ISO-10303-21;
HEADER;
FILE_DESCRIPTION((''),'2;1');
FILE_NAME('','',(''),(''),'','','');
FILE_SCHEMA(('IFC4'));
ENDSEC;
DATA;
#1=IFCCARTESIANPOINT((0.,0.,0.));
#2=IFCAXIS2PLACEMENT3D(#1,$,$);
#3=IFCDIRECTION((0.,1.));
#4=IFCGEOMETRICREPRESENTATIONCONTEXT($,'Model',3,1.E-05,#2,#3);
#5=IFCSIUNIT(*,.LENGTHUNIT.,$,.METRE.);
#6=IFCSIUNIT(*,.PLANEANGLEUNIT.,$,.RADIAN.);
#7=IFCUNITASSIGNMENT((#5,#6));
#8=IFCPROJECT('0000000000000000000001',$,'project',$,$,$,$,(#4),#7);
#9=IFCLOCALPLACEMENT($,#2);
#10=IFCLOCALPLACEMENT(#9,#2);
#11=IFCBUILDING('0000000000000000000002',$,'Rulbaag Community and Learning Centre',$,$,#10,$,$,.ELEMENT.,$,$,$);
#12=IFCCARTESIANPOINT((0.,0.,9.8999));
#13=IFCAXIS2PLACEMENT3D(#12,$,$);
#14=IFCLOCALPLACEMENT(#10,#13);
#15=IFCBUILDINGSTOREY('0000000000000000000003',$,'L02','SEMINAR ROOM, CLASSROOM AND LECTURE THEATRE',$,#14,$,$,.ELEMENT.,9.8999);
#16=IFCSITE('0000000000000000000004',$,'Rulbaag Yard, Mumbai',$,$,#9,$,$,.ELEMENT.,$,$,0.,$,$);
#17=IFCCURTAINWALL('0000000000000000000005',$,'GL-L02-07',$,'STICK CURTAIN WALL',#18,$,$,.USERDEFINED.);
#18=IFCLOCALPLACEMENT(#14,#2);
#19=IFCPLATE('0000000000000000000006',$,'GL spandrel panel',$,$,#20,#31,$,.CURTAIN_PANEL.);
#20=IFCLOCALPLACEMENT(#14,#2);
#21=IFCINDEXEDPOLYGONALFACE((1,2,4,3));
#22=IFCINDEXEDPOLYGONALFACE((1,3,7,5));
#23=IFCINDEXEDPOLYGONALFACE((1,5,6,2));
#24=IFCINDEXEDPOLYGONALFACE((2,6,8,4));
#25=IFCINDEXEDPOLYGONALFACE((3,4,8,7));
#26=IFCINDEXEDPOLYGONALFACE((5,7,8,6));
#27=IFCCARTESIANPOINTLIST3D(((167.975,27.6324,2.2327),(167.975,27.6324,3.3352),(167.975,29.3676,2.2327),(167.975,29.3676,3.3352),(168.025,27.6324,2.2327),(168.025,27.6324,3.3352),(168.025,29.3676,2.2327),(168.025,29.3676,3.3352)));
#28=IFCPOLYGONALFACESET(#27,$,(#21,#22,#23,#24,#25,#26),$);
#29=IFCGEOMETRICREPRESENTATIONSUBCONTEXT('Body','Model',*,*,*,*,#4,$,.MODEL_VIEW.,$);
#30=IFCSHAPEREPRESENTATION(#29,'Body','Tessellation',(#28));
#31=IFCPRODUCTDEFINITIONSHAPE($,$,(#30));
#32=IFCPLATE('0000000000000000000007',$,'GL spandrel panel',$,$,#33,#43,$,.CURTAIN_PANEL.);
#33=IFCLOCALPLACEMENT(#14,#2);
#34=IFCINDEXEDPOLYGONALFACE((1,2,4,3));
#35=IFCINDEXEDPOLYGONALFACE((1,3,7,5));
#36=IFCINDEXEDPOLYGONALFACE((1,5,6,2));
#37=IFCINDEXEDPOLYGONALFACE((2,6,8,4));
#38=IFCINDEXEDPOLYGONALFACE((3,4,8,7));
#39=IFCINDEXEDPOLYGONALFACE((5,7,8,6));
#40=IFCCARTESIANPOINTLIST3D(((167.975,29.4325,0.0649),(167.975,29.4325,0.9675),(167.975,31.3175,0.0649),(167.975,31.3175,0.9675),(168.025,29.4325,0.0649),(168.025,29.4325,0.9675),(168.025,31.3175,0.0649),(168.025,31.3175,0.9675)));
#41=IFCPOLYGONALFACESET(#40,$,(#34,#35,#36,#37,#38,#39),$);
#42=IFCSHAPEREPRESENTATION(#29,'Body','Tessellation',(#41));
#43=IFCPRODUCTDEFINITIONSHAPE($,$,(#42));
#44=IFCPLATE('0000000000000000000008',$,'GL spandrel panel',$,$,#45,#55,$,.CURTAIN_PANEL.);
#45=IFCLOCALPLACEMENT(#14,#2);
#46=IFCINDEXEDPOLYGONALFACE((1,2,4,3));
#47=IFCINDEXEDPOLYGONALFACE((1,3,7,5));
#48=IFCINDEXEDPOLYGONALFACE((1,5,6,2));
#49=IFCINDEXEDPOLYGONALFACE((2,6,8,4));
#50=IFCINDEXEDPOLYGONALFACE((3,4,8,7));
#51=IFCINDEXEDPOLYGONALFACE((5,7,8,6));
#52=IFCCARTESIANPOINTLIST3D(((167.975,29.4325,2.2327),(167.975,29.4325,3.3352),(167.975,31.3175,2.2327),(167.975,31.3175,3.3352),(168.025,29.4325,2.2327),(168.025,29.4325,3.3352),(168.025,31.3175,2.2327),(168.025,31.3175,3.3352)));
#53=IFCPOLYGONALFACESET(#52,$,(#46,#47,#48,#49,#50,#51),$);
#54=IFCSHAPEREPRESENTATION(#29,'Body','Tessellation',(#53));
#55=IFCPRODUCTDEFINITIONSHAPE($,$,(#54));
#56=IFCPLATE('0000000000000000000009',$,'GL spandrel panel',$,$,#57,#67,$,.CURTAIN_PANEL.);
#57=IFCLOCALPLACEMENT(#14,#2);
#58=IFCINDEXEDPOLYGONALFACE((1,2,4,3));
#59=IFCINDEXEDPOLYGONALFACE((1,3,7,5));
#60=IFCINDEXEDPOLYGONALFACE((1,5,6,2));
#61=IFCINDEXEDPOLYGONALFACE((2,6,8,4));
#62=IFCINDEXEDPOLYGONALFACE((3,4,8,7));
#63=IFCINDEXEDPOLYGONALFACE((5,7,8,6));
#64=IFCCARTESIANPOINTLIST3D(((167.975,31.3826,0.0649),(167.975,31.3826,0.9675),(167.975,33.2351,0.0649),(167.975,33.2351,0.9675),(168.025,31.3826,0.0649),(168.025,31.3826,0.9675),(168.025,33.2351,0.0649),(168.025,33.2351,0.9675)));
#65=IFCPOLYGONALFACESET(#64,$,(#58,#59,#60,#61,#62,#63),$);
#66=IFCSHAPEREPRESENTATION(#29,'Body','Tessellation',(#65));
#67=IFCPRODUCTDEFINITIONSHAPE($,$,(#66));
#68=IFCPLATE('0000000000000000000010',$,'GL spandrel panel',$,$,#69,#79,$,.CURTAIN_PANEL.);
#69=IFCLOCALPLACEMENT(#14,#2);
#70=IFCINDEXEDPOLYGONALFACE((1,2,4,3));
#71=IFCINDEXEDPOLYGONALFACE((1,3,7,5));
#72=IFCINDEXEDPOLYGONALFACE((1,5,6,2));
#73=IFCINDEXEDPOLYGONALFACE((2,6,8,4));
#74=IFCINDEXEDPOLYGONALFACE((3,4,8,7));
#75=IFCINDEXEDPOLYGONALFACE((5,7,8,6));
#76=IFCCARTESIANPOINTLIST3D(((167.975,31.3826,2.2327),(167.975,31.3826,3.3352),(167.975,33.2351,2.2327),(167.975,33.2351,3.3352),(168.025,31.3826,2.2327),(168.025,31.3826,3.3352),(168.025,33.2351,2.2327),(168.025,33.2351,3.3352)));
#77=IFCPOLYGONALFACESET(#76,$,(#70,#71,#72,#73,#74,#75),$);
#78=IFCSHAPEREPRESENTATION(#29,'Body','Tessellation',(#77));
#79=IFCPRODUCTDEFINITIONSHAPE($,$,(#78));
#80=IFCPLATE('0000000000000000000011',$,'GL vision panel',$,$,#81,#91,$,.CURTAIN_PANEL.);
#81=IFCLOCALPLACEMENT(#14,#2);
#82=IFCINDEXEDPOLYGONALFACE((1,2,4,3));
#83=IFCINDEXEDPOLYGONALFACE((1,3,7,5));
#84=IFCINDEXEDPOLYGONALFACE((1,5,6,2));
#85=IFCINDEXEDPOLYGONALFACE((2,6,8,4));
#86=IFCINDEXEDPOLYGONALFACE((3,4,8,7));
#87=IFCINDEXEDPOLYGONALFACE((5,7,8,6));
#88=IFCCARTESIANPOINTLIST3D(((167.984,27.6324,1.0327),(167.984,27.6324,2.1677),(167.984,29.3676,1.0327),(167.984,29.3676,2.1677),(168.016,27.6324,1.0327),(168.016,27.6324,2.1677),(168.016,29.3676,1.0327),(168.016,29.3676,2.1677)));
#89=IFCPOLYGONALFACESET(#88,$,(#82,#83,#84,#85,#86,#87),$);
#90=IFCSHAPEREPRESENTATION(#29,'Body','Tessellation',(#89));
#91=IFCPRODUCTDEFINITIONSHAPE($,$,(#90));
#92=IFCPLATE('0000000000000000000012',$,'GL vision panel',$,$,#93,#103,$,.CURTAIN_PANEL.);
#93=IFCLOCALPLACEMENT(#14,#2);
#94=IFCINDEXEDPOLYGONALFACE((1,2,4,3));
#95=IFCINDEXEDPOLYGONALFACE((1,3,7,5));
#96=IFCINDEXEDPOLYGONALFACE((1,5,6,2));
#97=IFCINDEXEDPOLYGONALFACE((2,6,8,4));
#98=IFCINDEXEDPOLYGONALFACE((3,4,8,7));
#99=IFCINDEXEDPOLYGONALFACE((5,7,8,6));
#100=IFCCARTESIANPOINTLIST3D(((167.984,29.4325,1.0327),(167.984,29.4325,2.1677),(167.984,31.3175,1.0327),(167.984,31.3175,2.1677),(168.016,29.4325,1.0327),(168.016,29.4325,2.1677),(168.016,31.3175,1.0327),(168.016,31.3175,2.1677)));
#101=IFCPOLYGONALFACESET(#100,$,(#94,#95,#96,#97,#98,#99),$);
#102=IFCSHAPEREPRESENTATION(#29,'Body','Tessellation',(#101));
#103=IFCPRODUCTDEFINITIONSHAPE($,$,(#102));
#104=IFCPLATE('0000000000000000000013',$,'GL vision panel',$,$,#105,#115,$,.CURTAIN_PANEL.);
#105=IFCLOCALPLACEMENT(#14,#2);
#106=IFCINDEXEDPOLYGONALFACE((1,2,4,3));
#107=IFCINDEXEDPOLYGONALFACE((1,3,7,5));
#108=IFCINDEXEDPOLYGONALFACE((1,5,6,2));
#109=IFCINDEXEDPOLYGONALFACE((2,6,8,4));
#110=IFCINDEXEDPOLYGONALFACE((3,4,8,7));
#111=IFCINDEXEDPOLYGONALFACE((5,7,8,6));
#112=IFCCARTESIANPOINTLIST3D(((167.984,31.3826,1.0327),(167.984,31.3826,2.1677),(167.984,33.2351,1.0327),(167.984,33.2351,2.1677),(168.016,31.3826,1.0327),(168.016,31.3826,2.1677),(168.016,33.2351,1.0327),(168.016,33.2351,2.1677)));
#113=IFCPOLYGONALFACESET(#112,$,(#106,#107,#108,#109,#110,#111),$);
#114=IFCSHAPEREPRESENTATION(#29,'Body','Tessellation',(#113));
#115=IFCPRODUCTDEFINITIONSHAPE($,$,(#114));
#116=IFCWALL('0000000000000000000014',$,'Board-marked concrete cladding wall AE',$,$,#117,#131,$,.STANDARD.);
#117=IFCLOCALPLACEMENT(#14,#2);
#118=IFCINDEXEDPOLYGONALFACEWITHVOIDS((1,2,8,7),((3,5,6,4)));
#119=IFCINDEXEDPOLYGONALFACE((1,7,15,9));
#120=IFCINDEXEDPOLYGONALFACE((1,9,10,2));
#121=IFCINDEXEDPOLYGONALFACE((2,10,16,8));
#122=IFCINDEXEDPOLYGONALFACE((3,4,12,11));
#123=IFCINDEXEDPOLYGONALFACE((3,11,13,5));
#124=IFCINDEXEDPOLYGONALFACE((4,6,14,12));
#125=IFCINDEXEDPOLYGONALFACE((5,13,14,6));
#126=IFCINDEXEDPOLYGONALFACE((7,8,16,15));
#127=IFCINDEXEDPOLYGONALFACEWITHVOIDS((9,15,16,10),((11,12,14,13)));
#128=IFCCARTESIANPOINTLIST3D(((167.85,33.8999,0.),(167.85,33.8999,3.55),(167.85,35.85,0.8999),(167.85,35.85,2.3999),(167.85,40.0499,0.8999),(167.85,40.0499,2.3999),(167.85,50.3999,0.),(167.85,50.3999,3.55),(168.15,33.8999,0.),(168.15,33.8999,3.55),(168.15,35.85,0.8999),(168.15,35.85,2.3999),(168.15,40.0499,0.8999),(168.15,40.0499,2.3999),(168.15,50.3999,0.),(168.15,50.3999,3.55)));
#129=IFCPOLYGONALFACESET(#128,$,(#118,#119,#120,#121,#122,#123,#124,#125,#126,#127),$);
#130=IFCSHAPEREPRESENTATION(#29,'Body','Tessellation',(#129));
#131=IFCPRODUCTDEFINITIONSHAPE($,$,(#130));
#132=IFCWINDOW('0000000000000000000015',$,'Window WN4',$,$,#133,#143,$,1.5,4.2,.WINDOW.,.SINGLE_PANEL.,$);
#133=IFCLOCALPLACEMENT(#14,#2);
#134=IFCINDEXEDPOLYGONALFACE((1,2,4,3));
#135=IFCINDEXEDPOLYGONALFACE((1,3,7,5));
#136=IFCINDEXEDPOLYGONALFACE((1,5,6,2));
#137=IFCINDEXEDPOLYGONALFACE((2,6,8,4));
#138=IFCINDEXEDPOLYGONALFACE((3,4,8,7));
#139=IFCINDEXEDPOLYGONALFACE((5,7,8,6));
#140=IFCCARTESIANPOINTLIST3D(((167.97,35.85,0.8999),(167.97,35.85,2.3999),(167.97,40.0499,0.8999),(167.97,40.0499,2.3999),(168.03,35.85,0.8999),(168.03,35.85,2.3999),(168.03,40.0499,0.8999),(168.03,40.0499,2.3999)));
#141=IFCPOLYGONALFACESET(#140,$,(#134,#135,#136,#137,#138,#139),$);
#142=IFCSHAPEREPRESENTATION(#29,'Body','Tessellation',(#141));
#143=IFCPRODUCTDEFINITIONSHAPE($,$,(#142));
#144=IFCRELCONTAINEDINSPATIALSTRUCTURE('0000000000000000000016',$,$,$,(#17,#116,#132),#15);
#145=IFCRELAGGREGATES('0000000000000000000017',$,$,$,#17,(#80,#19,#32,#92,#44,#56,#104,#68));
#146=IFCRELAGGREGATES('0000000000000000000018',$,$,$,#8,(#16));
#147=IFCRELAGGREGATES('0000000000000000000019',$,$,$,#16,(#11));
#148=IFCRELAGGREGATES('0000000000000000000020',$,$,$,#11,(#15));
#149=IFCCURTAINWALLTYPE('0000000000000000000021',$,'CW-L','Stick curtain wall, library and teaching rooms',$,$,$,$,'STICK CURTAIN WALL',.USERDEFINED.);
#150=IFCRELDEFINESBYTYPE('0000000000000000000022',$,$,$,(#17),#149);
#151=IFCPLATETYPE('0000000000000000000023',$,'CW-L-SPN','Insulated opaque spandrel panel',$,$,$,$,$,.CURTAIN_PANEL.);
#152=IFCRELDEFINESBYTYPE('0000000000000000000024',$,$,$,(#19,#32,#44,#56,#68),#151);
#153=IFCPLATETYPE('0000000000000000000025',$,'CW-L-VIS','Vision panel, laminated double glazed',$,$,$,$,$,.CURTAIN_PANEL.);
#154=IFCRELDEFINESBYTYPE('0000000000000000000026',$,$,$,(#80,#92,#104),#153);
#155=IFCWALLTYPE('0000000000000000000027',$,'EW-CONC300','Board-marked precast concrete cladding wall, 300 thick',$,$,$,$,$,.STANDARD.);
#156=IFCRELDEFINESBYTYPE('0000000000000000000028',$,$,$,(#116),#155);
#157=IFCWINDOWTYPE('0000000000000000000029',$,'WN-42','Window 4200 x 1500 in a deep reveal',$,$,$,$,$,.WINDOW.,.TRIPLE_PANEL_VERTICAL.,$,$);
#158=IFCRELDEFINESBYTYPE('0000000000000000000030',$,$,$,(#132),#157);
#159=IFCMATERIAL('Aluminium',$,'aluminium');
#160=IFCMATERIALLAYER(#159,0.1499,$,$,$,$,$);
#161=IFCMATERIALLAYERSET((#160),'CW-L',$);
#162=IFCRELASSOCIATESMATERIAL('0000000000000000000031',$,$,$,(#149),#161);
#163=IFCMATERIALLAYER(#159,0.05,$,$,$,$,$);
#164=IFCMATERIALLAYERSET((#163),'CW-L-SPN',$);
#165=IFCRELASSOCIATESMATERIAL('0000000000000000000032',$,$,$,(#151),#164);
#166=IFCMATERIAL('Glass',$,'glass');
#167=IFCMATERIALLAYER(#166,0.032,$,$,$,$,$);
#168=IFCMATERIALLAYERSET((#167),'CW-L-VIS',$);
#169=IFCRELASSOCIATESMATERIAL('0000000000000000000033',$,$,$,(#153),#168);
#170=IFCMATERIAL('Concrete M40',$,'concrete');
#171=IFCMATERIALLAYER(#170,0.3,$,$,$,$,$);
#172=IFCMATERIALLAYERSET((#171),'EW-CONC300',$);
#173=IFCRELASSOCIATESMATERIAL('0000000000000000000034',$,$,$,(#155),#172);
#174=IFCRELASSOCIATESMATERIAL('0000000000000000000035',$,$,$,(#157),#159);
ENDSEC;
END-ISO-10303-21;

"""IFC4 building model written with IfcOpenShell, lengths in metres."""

from ifc_helpers import new_model, si_unit, direction, frame, frame_2d, origin, origin_2d, place, context, subcontext, project, spatial, rectangle, extrude, material, layer, layer_set, type_object, element, fill, aggregate, save


model = new_model("IFC4")

# Units and contexts
model_context = context("Model", 3, precision=1e-05, world=origin(), true_north=direction((0.0, 1.0)))
body_context = subcontext(model_context, "Body", "Model", "MODEL_VIEW")
ifc_project = project(units=[si_unit("LENGTHUNIT", "METRE"), si_unit("PLANEANGLEUNIT", "RADIAN")], contexts=[model_context])

# Site, building, storey
site_placement = place(None, origin())
site = spatial("IfcSite", under=ifc_project, at=site_placement, Name="Rulbaag Yard, Mumbai", CompositionType="ELEMENT", RefElevation=0.0)
building_placement = place(site_placement, origin())
building = spatial("IfcBuilding", under=site, at=building_placement, Name="Rulbaag Community and Learning Centre", CompositionType="ELEMENT")
storey_placement = place(building_placement, frame((0.0, 0.0, 9.8999)))
storey = spatial("IfcBuildingStorey", under=building, at=storey_placement, Name="L02", Description="SEMINAR ROOM, CLASSROOM AND LECTURE THEATRE", CompositionType="ELEMENT", Elevation=9.8999)

# Shared definitions
ifc_material_1 = material(Name="Concrete M40", Category="concrete")

# Curtain wall, plates
ifc_material_2 = material(Name="Aluminium", Category="aluminium")
ifc_layer_1 = layer(ifc_material_2, 0.1499)
ifc_layer_set_1 = layer_set([ifc_layer_1], Name="CW-L")
curtain_wall_type = type_object("IfcCurtainWallType", Name="CW-L", Description="Stick curtain wall, library and teaching rooms", ElementType="STICK CURTAIN WALL", PredefinedType="USERDEFINED", material=ifc_layer_set_1)
curtain_wall_placement = place(storey_placement, origin())
curtain_wall = element("IfcCurtainWall", 1, at=curtain_wall_placement, inside=storey, type_object=curtain_wall_type, Name="GL-L02-07", ObjectType="STICK CURTAIN WALL", PredefinedType="USERDEFINED")
ifc_layer_2 = layer(ifc_material_2, 0.05)
ifc_layer_set_2 = layer_set([ifc_layer_2], Name="CW-L-SPN")
plate_type_1 = type_object("IfcPlateType", Name="CW-L-SPN", Description="Insulated opaque spandrel panel", PredefinedType="CURTAIN_PANEL", material=ifc_layer_set_2)
plate_1_placement = place(storey_placement, frame((168.0, 28.5, 2.2327), z_axis=(0.0, 0.0, 1.0), x_axis=(0.0, 1.0, 0.0)))
plate_1 = element("IfcPlate", 2, at=plate_1_placement, type_object=plate_type_1, Name="GL spandrel panel", PredefinedType="CURTAIN_PANEL", context=body_context, shape_type="SweptSolid", body=[
    extrude(rectangle(XDim=1.7351, YDim=0.05, at=origin_2d()), origin(), (0.0, 0.0, 1.0), 1.1025),
])
plate_2_placement = place(storey_placement, frame((168.0, 30.375, 0.0649), z_axis=(0.0, 0.0, 1.0), x_axis=(0.0, 1.0, 0.0)))
plate_2 = element("IfcPlate", 3, at=plate_2_placement, type_object=plate_type_1, Name="GL spandrel panel", PredefinedType="CURTAIN_PANEL", context=body_context, shape_type="SweptSolid", body=[
    extrude(rectangle(XDim=1.885, YDim=0.05, at=origin_2d()), origin(), (0.0, 0.0, 1.0), 0.9026),
])
plate_3_placement = place(storey_placement, frame((168.0, 30.375, 2.2327), z_axis=(0.0, 0.0, 1.0), x_axis=(0.0, 1.0, 0.0)))
plate_3 = element("IfcPlate", 4, at=plate_3_placement, type_object=plate_type_1, Name="GL spandrel panel", PredefinedType="CURTAIN_PANEL", context=body_context, shape_type="SweptSolid", body=[
    extrude(rectangle(XDim=1.885, YDim=0.05, at=origin_2d()), origin(), (0.0, 0.0, 1.0), 1.1025),
])
plate_4_placement = place(storey_placement, frame((168.0, 32.3088, 0.0649), z_axis=(0.0, 0.0, 1.0), x_axis=(0.0, 1.0, 0.0)))
plate_4 = element("IfcPlate", 5, at=plate_4_placement, type_object=plate_type_1, Name="GL spandrel panel", PredefinedType="CURTAIN_PANEL", context=body_context, shape_type="SweptSolid", body=[
    extrude(rectangle(XDim=1.8525, YDim=0.05, at=origin_2d()), origin(), (0.0, 0.0, 1.0), 0.9026),
])
plate_5_placement = place(storey_placement, frame((168.0, 32.3088, 2.2327), z_axis=(0.0, 0.0, 1.0), x_axis=(0.0, 1.0, 0.0)))
plate_5 = element("IfcPlate", 6, at=plate_5_placement, type_object=plate_type_1, Name="GL spandrel panel", PredefinedType="CURTAIN_PANEL", context=body_context, shape_type="SweptSolid", body=[
    extrude(rectangle(XDim=1.8525, YDim=0.05, at=origin_2d()), origin(), (0.0, 0.0, 1.0), 1.1025),
])
ifc_material_3 = material(Name="Glass", Category="glass")
ifc_layer_3 = layer(ifc_material_3, 0.032)
ifc_layer_set_3 = layer_set([ifc_layer_3], Name="CW-L-VIS")
plate_type_2 = type_object("IfcPlateType", Name="CW-L-VIS", Description="Vision panel, laminated double glazed", PredefinedType="CURTAIN_PANEL", material=ifc_layer_set_3)
plate_6_placement = place(storey_placement, frame((168.0, 28.5, 1.0327), z_axis=(0.0, 0.0, 1.0), x_axis=(0.0, 1.0, 0.0)))
plate_6 = element("IfcPlate", 7, at=plate_6_placement, type_object=plate_type_2, Name="GL vision panel", PredefinedType="CURTAIN_PANEL", context=body_context, shape_type="SweptSolid", body=[
    extrude(rectangle(XDim=1.7351, YDim=0.032, at=origin_2d()), origin(), (0.0, 0.0, 1.0), 1.135),
])
plate_7_placement = place(storey_placement, frame((168.0, 30.375, 1.0327), z_axis=(0.0, 0.0, 1.0), x_axis=(0.0, 1.0, 0.0)))
plate_7 = element("IfcPlate", 8, at=plate_7_placement, type_object=plate_type_2, Name="GL vision panel", PredefinedType="CURTAIN_PANEL", context=body_context, shape_type="SweptSolid", body=[
    extrude(rectangle(XDim=1.885, YDim=0.032, at=origin_2d()), origin(), (0.0, 0.0, 1.0), 1.135),
])
plate_8_placement = place(storey_placement, frame((168.0, 32.3088, 1.0327), z_axis=(0.0, 0.0, 1.0), x_axis=(0.0, 1.0, 0.0)))
plate_8 = element("IfcPlate", 9, at=plate_8_placement, type_object=plate_type_2, Name="GL vision panel", PredefinedType="CURTAIN_PANEL", context=body_context, shape_type="SweptSolid", body=[
    extrude(rectangle(XDim=1.8525, YDim=0.032, at=origin_2d()), origin(), (0.0, 0.0, 1.0), 1.135),
])
aggregate(curtain_wall, [plate_6, plate_1, plate_2, plate_7, plate_3, plate_4, plate_8, plate_5])

# Wall, opening, window
ifc_layer_4 = layer(ifc_material_1, 0.3)
ifc_layer_set_4 = layer_set([ifc_layer_4], Name="EW-CONC300")
wall_type = type_object("IfcWallType", Name="EW-CONC300", Description="Board-marked precast concrete cladding wall, 300 thick", PredefinedType="STANDARD", material=ifc_layer_set_4)
wall_placement = place(storey_placement, frame((168.0, 33.8999, 0.0), z_axis=(0.0, 0.0, 1.0), x_axis=(0.0, 1.0, 0.0)))
wall = element("IfcWall", 10, at=wall_placement, inside=storey, type_object=wall_type, Name="Board-marked concrete cladding wall AE", PredefinedType="STANDARD", context=body_context, shape_type="SweptSolid", body=[
    extrude(rectangle(XDim=16.5, YDim=0.3, at=frame_2d((8.25, 0.0))), origin(), (0.0, 0.0, 1.0), 3.55),
])
opening_placement = place(wall_placement, frame((1.95, 0.0, 0.8999)))
opening = element("IfcOpeningElement", 11, at=opening_placement, cuts=wall, PredefinedType="OPENING", context=body_context, shape_type="SweptSolid", body=[
    extrude(rectangle(XDim=4.2, YDim=1.5, at=frame_2d((2.1001, 0.75))), frame((0.0, 0.1599, 0.0), z_axis=(0.0, -1.0, 0.0), x_axis=(1.0, 0.0, 0.0)), (0.0, 0.0, 1.0), 0.3201),
])
window_type = type_object("IfcWindowType", Name="WN-42", Description="Window 4200 x 1500 in a deep reveal", PartitioningType="TRIPLE_PANEL_VERTICAL", PredefinedType="WINDOW", material=ifc_material_2)
window_placement = place(opening_placement, origin())
window = element("IfcWindow", 12, at=window_placement, inside=storey, type_object=window_type, Name="Window WN4", OverallHeight=1.5, OverallWidth=4.2, PartitioningType="SINGLE_PANEL", PredefinedType="WINDOW", context=body_context, shape_type="SweptSolid", body=[
    extrude(rectangle(XDim=4.2, YDim=1.5, at=frame_2d((2.1001, 0.75))), frame((0.0, 0.03, 0.0), z_axis=(0.0, -1.0, 0.0), x_axis=(1.0, 0.0, 0.0)), (0.0, 0.0, 1.0), 0.0601),
])
fill(opening, window)

save(model, "model.ifc")
